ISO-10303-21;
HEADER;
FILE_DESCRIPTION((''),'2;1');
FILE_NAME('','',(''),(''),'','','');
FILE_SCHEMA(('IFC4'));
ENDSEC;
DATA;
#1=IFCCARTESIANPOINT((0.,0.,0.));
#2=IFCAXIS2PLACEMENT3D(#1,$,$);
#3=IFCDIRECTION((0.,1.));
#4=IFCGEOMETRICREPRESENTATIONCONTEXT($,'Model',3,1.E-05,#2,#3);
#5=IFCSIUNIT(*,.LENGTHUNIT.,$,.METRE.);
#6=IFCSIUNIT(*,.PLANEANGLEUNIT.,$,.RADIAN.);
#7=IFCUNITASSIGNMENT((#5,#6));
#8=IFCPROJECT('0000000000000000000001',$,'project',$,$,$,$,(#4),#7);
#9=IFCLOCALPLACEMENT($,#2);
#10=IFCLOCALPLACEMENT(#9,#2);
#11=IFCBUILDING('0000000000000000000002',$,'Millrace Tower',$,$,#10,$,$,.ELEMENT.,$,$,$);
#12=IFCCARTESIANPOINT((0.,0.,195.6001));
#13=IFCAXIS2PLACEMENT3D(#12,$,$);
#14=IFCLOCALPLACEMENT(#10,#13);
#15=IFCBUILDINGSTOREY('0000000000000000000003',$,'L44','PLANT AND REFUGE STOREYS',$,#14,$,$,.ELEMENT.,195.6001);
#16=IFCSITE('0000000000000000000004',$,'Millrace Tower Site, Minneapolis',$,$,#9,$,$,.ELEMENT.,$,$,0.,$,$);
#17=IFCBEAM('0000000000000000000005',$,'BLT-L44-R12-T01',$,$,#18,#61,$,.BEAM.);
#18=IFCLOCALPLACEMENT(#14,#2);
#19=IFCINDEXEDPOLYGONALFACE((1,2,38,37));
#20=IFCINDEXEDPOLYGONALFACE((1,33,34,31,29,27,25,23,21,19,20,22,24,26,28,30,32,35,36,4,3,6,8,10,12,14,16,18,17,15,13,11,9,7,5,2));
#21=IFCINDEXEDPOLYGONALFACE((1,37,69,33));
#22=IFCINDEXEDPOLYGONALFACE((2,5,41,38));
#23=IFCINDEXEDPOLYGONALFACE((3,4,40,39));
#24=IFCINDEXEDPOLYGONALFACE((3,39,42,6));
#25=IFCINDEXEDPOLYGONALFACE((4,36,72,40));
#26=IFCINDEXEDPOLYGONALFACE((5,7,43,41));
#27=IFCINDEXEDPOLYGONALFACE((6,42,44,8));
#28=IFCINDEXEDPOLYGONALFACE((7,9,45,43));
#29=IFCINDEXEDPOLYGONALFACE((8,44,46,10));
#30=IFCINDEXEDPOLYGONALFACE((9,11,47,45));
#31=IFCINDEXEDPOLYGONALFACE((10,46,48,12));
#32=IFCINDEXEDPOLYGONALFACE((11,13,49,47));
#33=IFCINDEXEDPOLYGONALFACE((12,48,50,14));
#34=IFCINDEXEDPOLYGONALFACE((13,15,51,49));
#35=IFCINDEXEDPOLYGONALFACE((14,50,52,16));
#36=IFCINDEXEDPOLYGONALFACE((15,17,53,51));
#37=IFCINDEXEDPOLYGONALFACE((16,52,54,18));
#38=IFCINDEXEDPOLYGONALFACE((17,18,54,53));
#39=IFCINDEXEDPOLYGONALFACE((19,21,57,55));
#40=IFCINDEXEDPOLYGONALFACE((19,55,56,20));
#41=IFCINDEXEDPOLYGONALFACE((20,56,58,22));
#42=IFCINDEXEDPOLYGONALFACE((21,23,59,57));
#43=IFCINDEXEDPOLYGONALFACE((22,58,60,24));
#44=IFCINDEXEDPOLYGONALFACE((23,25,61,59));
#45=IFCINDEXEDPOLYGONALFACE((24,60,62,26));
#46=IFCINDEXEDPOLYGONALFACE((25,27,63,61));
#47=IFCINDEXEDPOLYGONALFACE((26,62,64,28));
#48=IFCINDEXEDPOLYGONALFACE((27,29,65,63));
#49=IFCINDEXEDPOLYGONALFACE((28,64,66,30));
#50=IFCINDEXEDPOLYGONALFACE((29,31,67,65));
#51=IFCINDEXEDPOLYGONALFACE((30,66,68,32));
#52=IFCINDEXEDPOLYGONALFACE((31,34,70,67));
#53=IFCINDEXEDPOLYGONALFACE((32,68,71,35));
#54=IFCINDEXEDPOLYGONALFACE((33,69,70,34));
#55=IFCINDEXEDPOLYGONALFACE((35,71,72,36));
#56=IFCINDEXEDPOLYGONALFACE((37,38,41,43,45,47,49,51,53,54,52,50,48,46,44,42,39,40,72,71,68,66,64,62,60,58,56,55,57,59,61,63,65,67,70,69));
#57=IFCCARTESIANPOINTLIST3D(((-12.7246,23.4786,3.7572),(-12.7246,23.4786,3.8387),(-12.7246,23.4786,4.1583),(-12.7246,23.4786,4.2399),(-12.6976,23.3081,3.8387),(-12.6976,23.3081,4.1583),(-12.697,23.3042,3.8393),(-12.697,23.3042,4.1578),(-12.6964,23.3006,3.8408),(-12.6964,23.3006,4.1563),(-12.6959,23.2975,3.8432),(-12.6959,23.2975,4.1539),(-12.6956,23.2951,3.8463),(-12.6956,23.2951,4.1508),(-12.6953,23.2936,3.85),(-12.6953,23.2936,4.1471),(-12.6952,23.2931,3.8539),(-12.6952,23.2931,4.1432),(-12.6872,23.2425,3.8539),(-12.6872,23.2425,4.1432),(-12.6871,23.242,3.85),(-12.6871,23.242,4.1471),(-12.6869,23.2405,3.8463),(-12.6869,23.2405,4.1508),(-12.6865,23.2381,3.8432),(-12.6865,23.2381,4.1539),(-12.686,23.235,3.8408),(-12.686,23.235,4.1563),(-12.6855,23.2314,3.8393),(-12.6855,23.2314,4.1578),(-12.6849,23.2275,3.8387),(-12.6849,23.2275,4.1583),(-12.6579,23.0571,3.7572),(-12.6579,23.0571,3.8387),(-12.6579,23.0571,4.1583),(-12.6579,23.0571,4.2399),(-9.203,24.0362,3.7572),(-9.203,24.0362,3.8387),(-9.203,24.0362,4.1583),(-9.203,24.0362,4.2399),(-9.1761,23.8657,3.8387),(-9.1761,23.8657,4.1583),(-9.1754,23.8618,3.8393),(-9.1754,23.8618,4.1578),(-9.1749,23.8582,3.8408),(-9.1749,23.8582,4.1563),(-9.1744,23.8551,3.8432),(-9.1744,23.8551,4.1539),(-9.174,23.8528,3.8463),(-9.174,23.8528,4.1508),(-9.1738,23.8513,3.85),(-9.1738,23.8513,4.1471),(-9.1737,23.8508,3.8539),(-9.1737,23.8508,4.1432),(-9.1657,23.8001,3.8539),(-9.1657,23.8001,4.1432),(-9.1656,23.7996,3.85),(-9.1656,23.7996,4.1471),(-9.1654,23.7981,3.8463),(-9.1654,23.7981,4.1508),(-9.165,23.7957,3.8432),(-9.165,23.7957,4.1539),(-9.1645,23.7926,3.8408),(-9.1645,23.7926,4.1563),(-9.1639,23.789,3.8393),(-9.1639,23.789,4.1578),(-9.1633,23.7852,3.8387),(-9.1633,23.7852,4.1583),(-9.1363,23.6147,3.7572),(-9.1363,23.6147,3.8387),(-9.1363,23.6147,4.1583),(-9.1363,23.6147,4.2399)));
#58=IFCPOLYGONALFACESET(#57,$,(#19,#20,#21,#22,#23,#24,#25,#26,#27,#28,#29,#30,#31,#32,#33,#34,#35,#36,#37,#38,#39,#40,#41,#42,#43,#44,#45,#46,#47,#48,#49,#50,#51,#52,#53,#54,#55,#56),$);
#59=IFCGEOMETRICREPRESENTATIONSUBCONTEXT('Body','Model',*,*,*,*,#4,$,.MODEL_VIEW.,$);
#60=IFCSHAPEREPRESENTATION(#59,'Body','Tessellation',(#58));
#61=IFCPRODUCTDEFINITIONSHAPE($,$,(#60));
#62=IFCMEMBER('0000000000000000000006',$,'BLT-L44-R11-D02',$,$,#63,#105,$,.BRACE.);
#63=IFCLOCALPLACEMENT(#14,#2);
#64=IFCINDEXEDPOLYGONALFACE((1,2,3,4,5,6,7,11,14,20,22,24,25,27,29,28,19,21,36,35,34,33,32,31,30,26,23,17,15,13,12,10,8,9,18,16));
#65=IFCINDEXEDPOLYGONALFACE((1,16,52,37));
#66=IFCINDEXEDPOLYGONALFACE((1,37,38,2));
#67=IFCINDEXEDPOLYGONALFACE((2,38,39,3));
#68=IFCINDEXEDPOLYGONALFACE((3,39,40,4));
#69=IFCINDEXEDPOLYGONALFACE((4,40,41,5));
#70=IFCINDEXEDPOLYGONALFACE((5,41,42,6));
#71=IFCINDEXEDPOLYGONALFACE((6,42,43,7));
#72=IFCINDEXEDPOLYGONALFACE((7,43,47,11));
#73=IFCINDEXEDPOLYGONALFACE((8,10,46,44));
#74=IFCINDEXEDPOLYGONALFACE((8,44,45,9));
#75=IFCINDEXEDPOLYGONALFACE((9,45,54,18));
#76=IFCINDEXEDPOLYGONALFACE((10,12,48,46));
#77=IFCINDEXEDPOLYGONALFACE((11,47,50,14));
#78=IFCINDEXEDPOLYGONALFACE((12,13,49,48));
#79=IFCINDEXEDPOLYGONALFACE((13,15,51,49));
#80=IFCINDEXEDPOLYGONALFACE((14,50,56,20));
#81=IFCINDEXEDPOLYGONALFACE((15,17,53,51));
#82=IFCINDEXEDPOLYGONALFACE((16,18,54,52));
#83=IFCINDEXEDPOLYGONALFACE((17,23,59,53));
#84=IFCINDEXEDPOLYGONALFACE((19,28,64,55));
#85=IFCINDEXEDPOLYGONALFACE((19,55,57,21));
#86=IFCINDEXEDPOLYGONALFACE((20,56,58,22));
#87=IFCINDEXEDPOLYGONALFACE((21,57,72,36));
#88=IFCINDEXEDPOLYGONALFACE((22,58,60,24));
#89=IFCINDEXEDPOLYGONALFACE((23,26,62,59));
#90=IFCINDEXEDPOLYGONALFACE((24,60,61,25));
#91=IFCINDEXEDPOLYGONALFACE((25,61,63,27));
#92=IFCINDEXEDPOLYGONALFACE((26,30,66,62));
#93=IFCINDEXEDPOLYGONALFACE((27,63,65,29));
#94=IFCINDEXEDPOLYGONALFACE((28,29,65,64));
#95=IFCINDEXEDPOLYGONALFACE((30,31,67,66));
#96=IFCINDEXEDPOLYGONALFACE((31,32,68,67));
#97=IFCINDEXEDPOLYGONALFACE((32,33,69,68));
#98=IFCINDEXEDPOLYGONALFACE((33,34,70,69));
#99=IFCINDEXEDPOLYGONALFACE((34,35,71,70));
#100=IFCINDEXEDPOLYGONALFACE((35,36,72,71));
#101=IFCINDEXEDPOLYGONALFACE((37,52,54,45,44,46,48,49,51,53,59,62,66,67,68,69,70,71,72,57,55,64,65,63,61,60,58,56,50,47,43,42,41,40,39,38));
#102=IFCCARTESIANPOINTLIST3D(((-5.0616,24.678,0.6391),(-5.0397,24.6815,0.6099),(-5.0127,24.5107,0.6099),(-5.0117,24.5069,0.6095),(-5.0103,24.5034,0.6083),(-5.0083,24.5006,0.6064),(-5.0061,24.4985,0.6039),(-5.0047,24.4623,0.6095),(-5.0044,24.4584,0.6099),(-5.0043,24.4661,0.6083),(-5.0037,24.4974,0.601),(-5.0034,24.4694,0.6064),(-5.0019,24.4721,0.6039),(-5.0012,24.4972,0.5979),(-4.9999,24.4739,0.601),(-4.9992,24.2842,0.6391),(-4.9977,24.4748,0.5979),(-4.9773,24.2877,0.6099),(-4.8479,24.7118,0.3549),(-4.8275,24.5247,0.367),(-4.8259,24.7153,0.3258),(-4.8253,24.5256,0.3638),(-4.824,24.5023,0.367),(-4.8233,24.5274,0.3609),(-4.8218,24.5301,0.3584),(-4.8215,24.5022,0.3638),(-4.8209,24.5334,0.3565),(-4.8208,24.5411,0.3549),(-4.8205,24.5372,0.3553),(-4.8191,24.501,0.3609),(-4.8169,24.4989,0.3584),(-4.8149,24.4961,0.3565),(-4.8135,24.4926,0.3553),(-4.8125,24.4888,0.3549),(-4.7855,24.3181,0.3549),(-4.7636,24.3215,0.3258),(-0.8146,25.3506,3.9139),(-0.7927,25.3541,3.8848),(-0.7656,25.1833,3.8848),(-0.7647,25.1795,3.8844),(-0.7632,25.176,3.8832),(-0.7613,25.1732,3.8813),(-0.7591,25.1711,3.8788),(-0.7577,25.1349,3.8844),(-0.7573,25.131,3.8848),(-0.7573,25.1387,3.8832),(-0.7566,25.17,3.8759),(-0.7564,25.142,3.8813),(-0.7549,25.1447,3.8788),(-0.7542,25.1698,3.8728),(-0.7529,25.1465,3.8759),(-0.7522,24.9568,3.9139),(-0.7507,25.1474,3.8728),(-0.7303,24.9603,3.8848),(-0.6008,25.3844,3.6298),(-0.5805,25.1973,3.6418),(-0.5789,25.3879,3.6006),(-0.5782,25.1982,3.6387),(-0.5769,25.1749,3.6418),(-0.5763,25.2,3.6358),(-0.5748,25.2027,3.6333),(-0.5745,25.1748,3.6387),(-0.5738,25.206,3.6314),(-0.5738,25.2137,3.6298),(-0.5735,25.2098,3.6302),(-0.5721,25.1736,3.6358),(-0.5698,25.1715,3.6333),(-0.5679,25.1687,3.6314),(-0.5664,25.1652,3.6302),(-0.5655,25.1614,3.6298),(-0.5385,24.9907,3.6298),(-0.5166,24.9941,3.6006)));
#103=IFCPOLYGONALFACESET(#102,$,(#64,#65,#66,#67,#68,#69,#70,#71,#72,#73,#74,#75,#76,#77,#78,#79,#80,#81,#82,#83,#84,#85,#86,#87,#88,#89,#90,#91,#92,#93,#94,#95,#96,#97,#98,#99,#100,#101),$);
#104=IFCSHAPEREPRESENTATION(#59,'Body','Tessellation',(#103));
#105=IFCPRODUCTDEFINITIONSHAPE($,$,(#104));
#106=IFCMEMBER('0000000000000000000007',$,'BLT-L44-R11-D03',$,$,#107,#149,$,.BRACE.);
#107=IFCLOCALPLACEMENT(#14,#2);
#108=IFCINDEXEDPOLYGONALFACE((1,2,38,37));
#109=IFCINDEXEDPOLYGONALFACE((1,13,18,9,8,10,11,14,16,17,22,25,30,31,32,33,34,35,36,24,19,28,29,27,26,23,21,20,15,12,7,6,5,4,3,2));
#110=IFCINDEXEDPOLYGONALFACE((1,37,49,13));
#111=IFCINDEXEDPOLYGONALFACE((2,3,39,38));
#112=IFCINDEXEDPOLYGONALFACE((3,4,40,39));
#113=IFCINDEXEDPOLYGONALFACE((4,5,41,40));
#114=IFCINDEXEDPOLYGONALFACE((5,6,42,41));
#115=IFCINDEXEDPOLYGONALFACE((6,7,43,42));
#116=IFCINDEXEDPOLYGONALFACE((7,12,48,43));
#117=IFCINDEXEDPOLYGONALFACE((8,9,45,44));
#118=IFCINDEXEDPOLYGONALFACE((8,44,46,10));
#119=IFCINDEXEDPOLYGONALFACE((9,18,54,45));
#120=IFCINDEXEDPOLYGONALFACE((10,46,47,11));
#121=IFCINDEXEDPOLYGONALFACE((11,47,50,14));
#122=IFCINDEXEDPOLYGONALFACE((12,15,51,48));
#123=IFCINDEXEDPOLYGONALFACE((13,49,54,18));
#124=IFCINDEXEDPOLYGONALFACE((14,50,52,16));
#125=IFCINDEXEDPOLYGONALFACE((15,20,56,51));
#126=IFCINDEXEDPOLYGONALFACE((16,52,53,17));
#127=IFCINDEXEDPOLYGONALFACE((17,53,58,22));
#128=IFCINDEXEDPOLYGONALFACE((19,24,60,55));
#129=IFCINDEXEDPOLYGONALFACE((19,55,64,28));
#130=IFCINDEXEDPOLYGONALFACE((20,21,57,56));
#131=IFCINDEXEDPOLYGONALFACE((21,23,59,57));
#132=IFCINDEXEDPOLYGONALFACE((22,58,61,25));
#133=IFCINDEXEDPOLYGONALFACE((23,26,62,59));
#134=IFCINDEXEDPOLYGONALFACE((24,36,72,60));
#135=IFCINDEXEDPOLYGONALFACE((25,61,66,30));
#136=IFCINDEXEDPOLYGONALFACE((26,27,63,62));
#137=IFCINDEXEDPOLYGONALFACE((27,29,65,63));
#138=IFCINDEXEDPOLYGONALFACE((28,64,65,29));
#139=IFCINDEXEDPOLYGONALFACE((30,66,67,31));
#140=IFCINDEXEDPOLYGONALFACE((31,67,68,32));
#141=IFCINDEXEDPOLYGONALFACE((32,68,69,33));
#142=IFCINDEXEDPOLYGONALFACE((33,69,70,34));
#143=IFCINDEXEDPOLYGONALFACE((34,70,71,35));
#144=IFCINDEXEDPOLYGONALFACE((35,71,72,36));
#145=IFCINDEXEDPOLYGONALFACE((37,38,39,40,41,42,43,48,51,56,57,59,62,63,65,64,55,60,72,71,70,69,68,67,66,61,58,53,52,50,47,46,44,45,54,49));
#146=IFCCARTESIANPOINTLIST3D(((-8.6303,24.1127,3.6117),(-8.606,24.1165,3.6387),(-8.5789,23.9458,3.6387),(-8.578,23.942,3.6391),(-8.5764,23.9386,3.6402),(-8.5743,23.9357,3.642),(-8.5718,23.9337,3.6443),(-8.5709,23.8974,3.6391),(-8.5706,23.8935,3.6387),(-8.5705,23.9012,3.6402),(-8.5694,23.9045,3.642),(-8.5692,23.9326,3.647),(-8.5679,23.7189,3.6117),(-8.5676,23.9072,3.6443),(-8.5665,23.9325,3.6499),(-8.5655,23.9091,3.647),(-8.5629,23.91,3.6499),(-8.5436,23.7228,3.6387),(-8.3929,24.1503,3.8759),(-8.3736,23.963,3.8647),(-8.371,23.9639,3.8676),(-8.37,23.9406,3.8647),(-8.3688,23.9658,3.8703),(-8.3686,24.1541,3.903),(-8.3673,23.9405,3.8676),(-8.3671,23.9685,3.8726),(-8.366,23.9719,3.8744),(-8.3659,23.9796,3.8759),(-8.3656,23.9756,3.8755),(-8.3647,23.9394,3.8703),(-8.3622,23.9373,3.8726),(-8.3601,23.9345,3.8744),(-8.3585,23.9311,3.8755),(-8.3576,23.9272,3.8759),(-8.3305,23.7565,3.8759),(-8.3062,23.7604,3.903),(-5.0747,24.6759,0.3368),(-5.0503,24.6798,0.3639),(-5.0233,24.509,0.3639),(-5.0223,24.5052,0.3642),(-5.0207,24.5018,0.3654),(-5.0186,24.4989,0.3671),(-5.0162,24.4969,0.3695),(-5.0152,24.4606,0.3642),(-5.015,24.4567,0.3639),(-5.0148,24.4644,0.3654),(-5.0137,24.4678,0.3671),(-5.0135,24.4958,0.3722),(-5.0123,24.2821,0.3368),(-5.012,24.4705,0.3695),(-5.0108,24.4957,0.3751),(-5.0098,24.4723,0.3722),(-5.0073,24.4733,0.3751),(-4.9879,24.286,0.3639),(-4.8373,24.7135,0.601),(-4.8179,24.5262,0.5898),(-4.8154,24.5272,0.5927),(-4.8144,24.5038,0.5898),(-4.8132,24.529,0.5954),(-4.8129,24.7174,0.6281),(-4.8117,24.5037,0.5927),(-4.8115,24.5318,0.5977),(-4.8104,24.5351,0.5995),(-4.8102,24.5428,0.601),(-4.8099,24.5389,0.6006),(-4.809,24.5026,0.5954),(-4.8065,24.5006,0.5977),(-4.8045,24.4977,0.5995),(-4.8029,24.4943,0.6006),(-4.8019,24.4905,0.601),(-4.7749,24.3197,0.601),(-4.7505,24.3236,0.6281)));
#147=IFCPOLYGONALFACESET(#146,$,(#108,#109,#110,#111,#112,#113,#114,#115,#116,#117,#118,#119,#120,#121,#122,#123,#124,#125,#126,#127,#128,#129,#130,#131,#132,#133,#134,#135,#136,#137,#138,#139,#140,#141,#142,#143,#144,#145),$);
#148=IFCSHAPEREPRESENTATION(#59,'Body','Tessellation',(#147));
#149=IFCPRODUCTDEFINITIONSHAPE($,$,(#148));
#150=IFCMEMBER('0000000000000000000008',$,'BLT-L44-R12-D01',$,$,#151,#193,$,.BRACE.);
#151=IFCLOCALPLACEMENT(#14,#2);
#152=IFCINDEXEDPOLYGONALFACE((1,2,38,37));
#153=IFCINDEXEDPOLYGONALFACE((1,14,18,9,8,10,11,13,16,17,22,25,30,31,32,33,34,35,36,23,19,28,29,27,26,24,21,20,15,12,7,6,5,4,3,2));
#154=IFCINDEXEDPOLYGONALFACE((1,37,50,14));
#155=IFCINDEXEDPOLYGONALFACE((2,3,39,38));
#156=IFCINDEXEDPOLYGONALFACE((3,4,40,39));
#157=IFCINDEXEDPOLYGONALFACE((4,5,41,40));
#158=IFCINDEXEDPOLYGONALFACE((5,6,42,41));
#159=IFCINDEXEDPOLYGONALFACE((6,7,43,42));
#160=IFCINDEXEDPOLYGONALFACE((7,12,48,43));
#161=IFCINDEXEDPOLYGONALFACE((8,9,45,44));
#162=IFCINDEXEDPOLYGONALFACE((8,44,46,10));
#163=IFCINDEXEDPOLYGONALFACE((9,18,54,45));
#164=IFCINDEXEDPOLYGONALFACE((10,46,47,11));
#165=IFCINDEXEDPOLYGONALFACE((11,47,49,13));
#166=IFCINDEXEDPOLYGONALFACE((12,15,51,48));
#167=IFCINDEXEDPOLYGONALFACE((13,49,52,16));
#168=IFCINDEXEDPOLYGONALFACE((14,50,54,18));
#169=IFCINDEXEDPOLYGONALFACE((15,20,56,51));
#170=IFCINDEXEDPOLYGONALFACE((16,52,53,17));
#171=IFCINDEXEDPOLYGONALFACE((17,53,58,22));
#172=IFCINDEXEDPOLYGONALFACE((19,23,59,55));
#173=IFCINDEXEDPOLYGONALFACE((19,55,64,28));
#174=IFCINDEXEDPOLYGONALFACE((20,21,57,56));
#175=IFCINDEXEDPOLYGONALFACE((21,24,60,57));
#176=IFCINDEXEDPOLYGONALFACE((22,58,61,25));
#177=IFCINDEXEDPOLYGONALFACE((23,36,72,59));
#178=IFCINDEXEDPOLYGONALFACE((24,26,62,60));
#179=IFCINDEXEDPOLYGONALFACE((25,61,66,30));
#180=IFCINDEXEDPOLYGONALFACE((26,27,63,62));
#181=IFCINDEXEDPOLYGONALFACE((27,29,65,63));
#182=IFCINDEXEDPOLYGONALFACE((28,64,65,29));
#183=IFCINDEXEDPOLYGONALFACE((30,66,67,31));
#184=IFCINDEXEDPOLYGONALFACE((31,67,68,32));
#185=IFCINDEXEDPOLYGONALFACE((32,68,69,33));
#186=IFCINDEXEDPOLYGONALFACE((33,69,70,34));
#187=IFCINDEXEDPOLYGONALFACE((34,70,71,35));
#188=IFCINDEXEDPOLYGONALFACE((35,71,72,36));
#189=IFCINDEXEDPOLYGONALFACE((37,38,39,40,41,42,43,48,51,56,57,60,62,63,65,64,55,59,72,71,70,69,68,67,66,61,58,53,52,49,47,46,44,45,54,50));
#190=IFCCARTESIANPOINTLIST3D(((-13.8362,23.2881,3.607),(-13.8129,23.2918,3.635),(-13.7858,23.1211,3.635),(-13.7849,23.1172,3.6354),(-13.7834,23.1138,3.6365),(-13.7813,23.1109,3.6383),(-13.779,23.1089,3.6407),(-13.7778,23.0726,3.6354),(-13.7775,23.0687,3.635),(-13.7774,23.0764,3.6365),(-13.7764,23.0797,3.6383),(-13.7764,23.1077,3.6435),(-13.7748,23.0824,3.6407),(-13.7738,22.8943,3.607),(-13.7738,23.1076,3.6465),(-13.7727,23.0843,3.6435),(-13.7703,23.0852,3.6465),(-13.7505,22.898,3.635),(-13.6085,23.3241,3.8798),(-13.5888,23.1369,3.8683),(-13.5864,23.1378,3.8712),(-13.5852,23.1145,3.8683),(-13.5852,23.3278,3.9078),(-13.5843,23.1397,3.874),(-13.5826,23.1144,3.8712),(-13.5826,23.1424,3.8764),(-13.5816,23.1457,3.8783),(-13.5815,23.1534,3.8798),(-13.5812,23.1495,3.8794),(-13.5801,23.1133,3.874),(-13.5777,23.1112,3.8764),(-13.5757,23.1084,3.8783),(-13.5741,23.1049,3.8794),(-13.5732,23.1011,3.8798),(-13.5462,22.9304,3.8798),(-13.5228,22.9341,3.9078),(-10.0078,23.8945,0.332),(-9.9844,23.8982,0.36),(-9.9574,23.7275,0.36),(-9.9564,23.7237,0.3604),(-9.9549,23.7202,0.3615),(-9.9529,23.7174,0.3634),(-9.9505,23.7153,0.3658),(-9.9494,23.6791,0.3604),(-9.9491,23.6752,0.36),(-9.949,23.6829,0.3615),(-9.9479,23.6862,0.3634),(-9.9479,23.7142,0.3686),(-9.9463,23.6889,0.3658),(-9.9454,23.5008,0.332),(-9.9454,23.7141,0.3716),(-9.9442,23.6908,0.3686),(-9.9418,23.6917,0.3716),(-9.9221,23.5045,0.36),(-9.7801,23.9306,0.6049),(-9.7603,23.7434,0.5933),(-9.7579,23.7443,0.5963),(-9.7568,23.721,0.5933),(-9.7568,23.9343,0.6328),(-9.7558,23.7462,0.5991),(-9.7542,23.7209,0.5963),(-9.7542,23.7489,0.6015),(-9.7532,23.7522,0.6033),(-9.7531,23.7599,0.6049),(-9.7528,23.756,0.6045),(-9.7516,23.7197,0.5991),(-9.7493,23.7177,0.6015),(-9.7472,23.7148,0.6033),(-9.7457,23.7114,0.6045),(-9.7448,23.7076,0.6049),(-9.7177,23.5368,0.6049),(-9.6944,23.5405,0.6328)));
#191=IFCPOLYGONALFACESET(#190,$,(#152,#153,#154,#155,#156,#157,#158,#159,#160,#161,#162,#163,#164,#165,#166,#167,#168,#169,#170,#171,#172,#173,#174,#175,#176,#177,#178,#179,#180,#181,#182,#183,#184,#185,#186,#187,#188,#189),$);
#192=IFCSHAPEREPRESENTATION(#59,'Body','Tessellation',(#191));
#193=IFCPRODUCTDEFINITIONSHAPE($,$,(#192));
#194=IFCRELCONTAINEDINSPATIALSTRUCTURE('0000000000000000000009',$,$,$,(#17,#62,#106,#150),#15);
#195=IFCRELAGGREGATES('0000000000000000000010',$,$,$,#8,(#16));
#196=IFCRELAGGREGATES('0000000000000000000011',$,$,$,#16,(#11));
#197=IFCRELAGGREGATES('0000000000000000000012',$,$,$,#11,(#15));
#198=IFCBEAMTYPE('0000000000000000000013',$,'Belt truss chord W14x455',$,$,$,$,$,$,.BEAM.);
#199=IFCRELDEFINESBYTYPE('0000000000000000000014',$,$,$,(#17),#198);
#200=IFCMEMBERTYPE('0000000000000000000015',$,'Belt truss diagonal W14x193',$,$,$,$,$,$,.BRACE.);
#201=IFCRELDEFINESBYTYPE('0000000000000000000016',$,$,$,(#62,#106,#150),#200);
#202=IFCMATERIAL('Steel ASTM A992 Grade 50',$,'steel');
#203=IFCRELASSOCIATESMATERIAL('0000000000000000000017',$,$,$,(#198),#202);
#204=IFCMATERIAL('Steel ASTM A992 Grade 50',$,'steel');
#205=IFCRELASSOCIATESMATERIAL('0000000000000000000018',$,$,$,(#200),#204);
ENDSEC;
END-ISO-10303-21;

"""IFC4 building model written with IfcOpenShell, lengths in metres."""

from ifc_helpers import new_model, si_unit, direction, frame, origin, origin_2d, place, context, subcontext, project, spatial, i_section, extrude, material, material_profile, profile_set, type_object, element, save


model = new_model("IFC4")

# Units and contexts
model_context = context("Model", 3, precision=1e-05, world=origin(), true_north=direction((0.0, 1.0)))
body_context = subcontext(model_context, "Body", "Model", "MODEL_VIEW")
ifc_project = project(units=[si_unit("LENGTHUNIT", "METRE"), si_unit("PLANEANGLEUNIT", "RADIAN")], contexts=[model_context])

# Site, building, storey
site_placement = place(None, origin())
site = spatial("IfcSite", under=ifc_project, at=site_placement, Name="Millrace Tower Site, Minneapolis", CompositionType="ELEMENT", RefElevation=0.0)
building_placement = place(site_placement, origin())
building = spatial("IfcBuilding", under=site, at=building_placement, Name="Millrace Tower", CompositionType="ELEMENT")
storey_placement = place(building_placement, frame((0.0, 0.0, 195.6001)))
storey = spatial("IfcBuildingStorey", under=building, at=storey_placement, Name="L44", Description="PLANT AND REFUGE STOREYS", CompositionType="ELEMENT", Elevation=195.6001)

# Beam
ifc_material_1 = material(Name="Steel ASTM A992 Grade 50", Category="steel")
ifc_material_profile_1 = material_profile(ifc_material_1, i_section(OverallWidth=0.4268, OverallDepth=0.4827, WebThickness=0.0513, FlangeThickness=0.0815, FilletRadius=0.0151, at=origin_2d()))
ifc_profile_set_1 = profile_set([ifc_material_profile_1], Name="Steel ASTM A992 Grade 50")
beam_type = type_object("IfcBeamType", Name="Belt truss chord W14x455", PredefinedType="BEAM", material=ifc_profile_set_1)
beam_1_placement = place(storey_placement, frame((-9.1697, 23.8254, 3.9985), z_axis=(-0.987694, -0.156399, 0.0), x_axis=(0.156399, -0.987694, 0.0)))
element("IfcBeam", 1, at=beam_1_placement, inside=storey, type_object=beam_type, Name="BLT-L44-R12-T01", PredefinedType="BEAM", context=body_context, shape_type="SweptSolid", body=[
    extrude(i_section(OverallWidth=0.4268, OverallDepth=0.4827, WebThickness=0.0513, FlangeThickness=0.0815, FilletRadius=0.0151, at=origin_2d()), origin(), (0.0, 0.0, 1.0), 3.5654),
])

# Members
ifc_material_2 = material(Name="Steel ASTM A992 Grade 50", Category="steel")
ifc_material_profile_2 = material_profile(ifc_material_2, i_section(OverallWidth=0.3987, OverallDepth=0.3938, WebThickness=0.0227, FlangeThickness=0.0366, FilletRadius=0.0151, at=origin_2d()))
ifc_profile_set_2 = profile_set([ifc_material_profile_2], Name="Steel ASTM A992 Grade 50")
member_type_1 = type_object("IfcMemberType", Name="Belt truss diagonal W14x193", PredefinedType="BRACE", material=ifc_profile_set_2)
member_1_placement = place(storey_placement, frame((-4.9126, 24.4998, 0.4824), z_axis=(0.785754, 0.12444, 0.605892), x_axis=(-0.15642, 0.987691, 0.0)))
element("IfcMember", 2, at=member_1_placement, inside=storey, type_object=member_type_1, Name="BLT-L44-R11-D02", PredefinedType="BRACE", context=body_context, shape_type="SweptSolid", body=[
    extrude(i_section(OverallWidth=0.3987, OverallDepth=0.3938, WebThickness=0.0227, FlangeThickness=0.0366, FilletRadius=0.0151, at=origin_2d()), origin(), (0.0, 0.0, 1.0), 5.405),
])
member_2_placement = place(storey_placement, frame((-4.9126, 24.4998, 0.4824), z_axis=(-0.730608, -0.115731, 0.672918), x_axis=(0.156454, -0.987685, 0.0)))
element("IfcMember", 3, at=member_2_placement, inside=storey, type_object=member_type_1, Name="BLT-L44-R11-D03", PredefinedType="BRACE", context=body_context, shape_type="SweptSolid", body=[
    extrude(i_section(OverallWidth=0.3987, OverallDepth=0.3938, WebThickness=0.0227, FlangeThickness=0.0366, FilletRadius=0.0151, at=origin_2d()), origin(), (0.0, 0.0, 1.0), 4.8667),
])
member_3_placement = place(storey_placement, frame((-9.8511, 23.7175, 0.4824), z_axis=(-0.754453, -0.119512, 0.645382), x_axis=(0.156457, -0.987685, 0.0)))
element("IfcMember", 4, at=member_3_placement, inside=storey, type_object=member_type_1, Name="BLT-L44-R12-D01", PredefinedType="BRACE", context=body_context, shape_type="SweptSolid", body=[
    extrude(i_section(OverallWidth=0.3987, OverallDepth=0.3938, WebThickness=0.0227, FlangeThickness=0.0366, FilletRadius=0.0151, at=origin_2d()), origin(), (0.0, 0.0, 1.0), 5.0745),
])

save(model, "model.ifc")
